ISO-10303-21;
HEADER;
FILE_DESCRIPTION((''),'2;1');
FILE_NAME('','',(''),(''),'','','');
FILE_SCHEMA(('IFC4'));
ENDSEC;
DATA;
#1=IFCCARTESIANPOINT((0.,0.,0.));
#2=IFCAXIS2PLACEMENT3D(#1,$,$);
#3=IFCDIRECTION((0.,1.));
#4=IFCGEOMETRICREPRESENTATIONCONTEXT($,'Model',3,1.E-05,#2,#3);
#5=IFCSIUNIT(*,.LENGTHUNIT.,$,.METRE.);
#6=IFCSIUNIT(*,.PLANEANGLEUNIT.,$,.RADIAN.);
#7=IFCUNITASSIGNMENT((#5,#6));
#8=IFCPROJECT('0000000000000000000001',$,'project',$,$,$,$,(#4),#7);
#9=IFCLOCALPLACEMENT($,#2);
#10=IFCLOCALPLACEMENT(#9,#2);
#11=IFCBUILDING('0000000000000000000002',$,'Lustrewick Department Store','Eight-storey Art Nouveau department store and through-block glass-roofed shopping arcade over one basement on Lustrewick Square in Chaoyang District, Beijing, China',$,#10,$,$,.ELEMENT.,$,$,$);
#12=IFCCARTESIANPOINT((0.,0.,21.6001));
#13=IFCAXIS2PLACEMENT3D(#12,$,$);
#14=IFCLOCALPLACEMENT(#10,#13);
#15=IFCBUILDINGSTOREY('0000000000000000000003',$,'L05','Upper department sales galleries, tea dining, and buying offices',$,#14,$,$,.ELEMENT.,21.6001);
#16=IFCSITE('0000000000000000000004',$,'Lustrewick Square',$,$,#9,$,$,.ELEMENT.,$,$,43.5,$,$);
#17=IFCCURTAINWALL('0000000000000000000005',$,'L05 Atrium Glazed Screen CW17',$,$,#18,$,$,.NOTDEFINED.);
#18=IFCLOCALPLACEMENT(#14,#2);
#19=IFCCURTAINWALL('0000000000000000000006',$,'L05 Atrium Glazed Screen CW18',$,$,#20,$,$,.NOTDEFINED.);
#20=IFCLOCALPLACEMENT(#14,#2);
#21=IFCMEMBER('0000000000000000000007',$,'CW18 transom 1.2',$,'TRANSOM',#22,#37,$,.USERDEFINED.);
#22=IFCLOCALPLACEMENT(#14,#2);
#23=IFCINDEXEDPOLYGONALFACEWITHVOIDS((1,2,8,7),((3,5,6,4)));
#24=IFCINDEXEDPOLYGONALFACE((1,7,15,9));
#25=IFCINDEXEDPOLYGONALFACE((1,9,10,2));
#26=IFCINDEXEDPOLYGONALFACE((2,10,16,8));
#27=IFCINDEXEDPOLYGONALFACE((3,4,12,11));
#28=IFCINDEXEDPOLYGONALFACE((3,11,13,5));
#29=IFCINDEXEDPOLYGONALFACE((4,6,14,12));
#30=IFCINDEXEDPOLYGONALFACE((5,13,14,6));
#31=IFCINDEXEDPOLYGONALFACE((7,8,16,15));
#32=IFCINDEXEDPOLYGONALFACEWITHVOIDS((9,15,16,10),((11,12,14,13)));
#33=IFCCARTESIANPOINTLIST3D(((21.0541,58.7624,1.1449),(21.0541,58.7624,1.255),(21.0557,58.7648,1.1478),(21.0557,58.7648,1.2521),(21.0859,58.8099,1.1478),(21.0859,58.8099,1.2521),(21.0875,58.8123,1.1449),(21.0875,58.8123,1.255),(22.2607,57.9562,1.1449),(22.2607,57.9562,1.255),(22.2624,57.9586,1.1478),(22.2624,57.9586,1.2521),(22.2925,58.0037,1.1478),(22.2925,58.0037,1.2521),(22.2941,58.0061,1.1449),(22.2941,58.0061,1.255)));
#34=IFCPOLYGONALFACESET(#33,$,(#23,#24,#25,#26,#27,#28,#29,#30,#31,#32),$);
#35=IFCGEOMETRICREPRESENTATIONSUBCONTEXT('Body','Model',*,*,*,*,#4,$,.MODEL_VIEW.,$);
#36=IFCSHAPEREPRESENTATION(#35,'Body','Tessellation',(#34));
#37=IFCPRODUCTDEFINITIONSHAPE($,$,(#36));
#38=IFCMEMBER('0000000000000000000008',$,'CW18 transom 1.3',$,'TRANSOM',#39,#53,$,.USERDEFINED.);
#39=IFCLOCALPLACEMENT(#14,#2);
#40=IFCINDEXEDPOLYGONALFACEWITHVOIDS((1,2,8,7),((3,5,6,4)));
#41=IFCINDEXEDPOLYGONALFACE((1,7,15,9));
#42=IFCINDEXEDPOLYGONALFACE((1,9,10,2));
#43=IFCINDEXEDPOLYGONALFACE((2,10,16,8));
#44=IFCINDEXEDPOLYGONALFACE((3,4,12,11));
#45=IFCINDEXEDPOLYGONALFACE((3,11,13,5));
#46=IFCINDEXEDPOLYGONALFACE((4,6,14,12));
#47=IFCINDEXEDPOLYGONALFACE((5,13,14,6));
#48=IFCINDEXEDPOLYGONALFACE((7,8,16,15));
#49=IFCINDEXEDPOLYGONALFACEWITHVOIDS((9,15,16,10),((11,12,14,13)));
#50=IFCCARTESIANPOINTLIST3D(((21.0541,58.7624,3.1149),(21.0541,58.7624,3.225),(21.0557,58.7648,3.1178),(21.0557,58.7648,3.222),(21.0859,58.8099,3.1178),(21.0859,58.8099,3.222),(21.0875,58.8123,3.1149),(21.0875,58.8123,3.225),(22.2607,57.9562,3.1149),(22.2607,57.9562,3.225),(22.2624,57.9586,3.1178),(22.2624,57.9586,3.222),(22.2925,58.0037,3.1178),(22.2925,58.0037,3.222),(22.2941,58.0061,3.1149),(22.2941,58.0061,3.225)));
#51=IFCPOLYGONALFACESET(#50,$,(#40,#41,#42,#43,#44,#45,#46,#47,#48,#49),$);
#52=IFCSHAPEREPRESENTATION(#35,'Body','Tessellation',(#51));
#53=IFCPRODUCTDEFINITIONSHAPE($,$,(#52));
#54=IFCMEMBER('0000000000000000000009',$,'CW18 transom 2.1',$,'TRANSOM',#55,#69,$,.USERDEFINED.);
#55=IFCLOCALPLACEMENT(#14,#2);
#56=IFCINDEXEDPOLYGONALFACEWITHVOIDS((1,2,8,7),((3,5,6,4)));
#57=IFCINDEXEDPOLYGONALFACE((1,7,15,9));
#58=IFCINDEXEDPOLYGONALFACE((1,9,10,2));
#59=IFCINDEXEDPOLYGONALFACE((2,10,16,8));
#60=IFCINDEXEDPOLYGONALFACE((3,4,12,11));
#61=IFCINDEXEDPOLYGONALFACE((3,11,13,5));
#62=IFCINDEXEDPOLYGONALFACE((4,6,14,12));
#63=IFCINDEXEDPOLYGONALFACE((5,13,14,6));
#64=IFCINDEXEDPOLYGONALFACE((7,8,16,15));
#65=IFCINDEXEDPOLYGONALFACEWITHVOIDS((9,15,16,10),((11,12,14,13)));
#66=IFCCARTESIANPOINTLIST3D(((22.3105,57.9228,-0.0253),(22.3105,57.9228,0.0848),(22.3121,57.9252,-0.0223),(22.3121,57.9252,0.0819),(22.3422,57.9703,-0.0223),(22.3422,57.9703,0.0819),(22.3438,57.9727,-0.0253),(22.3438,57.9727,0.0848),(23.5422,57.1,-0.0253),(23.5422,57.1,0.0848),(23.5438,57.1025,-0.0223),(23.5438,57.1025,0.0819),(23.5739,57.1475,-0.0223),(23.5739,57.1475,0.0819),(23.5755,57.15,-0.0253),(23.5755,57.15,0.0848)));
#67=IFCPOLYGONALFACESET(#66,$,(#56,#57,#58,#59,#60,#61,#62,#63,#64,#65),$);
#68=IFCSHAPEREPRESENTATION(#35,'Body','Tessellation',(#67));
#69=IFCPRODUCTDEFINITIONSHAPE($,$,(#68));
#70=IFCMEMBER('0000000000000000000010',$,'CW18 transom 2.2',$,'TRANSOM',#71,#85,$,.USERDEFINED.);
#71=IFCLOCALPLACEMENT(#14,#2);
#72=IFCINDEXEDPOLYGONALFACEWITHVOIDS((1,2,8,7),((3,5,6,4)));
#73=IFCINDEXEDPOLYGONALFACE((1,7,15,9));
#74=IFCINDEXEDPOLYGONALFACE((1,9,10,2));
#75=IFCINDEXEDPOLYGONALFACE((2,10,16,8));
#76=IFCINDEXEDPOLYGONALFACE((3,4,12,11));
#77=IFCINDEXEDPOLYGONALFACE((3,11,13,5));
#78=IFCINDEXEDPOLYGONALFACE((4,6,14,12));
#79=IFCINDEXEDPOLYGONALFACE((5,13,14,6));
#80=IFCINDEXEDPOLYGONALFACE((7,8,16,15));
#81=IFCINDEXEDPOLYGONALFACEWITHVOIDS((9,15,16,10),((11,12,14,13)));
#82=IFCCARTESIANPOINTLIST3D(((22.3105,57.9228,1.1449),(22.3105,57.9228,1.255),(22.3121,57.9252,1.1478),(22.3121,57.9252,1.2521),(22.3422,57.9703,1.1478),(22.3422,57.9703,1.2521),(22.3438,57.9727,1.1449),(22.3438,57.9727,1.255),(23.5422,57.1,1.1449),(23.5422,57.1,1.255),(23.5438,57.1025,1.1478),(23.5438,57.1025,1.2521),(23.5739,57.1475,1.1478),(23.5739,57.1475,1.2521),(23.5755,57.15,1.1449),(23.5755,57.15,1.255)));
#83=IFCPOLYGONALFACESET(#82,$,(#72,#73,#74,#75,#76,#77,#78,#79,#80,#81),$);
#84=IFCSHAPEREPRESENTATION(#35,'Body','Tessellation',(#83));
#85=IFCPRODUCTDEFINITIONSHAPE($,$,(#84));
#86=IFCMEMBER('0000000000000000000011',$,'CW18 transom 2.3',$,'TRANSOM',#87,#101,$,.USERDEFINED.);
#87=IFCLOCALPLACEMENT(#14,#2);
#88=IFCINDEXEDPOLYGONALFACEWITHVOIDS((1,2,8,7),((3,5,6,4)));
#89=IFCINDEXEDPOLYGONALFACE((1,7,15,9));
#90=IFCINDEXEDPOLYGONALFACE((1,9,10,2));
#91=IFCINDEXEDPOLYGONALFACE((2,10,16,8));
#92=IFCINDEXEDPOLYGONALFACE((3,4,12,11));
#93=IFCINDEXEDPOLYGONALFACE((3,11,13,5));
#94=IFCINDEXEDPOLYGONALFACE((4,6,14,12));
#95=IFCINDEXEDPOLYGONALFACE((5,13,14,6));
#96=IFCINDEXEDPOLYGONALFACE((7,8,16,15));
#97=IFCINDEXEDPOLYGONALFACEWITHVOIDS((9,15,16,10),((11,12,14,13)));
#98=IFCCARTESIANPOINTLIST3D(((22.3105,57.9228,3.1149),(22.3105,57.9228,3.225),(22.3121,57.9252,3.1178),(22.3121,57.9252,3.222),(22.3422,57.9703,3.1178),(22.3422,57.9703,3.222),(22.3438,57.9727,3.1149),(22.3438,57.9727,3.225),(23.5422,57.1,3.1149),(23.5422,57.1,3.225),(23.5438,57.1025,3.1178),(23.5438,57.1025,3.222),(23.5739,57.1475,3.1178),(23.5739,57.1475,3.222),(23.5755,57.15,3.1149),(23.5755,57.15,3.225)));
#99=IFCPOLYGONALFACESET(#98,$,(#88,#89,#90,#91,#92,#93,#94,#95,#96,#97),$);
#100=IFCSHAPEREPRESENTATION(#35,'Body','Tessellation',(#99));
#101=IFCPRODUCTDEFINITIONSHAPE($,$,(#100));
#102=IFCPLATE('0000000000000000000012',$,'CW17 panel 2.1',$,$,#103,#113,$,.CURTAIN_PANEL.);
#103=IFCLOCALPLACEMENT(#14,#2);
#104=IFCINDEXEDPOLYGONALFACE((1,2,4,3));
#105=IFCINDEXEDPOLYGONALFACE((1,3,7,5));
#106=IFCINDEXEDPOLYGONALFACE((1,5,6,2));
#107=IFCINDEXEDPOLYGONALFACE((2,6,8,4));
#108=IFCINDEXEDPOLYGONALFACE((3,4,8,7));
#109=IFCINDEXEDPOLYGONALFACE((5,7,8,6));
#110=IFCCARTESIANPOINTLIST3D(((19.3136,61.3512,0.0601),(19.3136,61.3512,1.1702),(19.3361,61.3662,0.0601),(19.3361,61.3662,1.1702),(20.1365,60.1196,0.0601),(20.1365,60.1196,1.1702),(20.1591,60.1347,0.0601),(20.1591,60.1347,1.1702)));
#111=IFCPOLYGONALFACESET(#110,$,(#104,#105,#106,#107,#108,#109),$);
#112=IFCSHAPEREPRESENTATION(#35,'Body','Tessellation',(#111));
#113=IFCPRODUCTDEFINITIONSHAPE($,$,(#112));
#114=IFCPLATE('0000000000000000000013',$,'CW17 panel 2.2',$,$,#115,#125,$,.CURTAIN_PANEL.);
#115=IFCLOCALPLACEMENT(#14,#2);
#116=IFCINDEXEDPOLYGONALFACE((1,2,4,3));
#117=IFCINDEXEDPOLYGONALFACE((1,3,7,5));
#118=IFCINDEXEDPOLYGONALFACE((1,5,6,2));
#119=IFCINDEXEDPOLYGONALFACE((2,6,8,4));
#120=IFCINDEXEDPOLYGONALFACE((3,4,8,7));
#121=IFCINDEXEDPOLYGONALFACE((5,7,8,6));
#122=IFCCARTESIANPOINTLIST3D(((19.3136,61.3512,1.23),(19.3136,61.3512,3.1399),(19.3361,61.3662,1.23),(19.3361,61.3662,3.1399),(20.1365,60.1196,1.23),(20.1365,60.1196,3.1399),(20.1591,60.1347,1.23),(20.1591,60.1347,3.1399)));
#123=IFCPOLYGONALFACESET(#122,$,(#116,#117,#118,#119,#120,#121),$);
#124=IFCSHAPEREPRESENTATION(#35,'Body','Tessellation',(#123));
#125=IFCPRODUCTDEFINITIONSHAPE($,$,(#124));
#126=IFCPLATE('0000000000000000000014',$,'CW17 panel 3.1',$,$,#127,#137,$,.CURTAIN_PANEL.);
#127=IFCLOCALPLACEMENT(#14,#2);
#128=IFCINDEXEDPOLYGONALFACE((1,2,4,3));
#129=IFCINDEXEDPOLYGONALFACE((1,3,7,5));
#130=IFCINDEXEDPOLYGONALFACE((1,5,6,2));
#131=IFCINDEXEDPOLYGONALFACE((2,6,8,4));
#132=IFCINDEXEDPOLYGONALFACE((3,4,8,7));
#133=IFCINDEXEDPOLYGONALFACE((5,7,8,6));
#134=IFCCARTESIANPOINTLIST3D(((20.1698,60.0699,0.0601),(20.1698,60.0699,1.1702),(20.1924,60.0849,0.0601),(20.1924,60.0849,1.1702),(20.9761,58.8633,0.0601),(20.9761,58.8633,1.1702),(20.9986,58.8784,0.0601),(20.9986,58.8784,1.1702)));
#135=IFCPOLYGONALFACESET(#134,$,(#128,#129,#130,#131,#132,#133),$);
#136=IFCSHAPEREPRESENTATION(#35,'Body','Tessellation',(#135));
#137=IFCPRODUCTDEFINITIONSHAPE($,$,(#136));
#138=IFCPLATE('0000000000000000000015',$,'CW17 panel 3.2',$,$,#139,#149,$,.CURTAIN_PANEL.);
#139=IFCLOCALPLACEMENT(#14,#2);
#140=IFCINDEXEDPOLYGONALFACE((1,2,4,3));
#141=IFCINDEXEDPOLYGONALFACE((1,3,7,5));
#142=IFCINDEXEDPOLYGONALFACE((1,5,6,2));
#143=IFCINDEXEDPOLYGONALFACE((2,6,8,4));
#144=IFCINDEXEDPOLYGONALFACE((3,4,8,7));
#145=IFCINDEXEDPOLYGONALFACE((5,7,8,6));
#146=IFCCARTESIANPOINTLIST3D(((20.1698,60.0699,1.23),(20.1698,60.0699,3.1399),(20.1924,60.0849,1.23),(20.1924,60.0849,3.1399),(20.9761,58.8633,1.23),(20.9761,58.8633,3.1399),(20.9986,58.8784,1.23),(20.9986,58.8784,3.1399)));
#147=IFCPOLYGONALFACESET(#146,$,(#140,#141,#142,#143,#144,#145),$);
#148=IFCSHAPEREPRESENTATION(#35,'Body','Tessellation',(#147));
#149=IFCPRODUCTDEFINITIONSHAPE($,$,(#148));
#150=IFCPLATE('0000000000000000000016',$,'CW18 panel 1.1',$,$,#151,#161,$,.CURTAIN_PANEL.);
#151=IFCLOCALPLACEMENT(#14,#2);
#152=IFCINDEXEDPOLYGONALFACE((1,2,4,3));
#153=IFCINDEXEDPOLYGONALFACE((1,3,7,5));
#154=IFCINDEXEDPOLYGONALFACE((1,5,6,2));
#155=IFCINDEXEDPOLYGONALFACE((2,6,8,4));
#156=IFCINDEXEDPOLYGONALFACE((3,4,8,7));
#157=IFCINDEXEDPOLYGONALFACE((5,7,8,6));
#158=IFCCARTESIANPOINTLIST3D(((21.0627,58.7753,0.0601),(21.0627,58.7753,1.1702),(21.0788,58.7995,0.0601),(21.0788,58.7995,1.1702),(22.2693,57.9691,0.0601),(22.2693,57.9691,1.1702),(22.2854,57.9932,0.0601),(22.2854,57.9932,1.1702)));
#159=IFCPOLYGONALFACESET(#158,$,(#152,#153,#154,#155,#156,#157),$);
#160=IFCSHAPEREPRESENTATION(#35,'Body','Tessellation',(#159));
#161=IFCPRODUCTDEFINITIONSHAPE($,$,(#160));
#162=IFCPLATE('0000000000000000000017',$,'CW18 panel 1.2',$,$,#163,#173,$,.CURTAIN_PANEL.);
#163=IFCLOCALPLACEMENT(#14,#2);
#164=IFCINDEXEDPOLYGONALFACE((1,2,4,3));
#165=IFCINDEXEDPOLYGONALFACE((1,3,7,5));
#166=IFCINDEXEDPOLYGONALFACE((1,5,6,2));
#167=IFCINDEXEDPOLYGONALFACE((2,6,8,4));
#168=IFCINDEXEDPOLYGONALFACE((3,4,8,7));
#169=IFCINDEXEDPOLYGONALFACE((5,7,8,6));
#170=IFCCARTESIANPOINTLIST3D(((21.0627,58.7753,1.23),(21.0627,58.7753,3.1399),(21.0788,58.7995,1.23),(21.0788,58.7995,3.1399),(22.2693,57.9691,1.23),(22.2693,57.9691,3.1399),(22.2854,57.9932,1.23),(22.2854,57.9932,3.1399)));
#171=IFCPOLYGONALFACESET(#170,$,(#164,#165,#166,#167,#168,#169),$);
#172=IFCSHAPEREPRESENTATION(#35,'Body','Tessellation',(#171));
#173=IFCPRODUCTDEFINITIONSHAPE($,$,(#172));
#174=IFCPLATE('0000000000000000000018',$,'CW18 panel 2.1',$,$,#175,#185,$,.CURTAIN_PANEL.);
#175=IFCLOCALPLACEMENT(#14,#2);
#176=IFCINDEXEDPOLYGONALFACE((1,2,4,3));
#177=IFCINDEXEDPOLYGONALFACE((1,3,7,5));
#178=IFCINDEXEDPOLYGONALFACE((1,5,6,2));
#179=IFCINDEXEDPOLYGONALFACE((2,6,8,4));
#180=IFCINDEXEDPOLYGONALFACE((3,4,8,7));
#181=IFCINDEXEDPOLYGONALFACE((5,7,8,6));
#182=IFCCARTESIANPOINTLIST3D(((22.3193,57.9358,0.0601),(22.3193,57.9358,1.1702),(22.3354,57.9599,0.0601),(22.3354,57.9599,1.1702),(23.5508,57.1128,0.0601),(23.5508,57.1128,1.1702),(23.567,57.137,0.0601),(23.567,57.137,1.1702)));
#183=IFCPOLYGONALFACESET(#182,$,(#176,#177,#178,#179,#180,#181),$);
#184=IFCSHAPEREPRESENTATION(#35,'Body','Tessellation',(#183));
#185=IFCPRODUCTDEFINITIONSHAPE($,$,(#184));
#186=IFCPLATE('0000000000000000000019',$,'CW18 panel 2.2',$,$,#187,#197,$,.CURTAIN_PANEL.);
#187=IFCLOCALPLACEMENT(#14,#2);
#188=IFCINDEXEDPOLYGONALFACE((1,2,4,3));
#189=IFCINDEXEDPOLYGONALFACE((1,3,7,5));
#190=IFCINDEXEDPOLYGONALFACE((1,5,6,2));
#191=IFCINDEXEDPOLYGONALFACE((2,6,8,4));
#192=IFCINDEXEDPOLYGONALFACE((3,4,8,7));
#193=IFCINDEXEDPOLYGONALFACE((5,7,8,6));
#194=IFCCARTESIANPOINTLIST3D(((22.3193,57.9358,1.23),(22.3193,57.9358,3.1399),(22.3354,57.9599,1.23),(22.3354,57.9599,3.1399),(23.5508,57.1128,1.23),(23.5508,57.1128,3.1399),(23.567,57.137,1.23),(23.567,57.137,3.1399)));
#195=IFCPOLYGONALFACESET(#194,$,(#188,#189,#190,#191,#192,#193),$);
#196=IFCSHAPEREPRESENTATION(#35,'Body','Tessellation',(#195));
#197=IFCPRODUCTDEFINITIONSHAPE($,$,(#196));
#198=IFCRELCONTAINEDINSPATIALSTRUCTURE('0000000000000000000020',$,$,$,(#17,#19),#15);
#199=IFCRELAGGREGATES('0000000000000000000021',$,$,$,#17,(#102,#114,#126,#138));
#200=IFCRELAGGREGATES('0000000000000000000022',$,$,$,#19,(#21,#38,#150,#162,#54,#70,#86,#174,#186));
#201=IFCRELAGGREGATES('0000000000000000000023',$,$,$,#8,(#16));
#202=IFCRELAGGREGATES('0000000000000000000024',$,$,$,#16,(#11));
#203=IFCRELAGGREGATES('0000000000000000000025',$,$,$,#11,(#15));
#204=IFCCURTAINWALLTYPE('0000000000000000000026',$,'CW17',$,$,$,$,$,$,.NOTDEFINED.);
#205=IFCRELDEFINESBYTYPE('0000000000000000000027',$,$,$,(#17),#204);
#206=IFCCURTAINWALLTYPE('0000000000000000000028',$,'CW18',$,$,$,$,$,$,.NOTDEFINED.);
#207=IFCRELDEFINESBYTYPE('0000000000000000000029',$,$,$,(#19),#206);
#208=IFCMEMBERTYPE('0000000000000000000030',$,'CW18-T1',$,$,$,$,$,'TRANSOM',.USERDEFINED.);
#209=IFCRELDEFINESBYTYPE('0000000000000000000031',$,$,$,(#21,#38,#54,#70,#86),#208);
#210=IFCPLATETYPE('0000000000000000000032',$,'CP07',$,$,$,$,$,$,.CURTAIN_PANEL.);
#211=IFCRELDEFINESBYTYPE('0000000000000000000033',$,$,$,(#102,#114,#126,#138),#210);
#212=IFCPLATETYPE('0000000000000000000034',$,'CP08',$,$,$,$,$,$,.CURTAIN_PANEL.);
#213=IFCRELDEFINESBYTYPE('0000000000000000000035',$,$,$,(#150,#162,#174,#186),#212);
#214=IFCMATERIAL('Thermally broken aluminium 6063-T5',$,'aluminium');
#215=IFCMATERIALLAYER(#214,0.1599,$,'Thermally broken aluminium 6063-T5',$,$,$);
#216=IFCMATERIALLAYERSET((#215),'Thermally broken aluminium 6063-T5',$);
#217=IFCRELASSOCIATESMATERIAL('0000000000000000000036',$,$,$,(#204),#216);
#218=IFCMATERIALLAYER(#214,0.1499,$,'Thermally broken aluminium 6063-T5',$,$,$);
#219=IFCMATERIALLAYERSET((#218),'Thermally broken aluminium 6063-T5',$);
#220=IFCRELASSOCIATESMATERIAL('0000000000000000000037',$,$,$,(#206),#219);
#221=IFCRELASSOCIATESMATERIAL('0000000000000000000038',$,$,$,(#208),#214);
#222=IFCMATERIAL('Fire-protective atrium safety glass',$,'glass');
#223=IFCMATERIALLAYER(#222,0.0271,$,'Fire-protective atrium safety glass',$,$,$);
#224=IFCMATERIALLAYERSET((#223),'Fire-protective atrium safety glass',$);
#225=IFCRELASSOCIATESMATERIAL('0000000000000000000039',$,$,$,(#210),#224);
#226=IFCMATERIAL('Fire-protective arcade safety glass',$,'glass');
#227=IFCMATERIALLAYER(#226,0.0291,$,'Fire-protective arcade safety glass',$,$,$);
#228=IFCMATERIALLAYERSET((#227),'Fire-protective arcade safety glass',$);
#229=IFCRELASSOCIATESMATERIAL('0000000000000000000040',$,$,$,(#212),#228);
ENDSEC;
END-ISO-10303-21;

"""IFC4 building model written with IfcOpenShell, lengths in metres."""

from ifc_helpers import new_model, si_unit, direction, frame, origin, origin_2d, place, context, subcontext, project, spatial, rectangle, hollow_rectangle, extrude, material, layer, layer_set, material_profile, profile_set, type_object, element, aggregate, save


model = new_model("IFC4")

# Units and contexts
model_context = context("Model", 3, precision=1e-05, world=origin(), true_north=direction((0.0, 1.0)))
body_context = subcontext(model_context, "Body", "Model", "MODEL_VIEW")
ifc_project = project(units=[si_unit("LENGTHUNIT", "METRE"), si_unit("PLANEANGLEUNIT", "RADIAN")], contexts=[model_context])

# Site, building, storey
site_placement = place(None, origin())
site = spatial("IfcSite", under=ifc_project, at=site_placement, Name="Lustrewick Square", CompositionType="ELEMENT", RefElevation=43.5)
building_placement = place(site_placement, origin())
building = spatial("IfcBuilding", under=site, at=building_placement, Name="Lustrewick Department Store", Description="Eight-storey Art Nouveau department store and through-block glass-roofed shopping arcade over one basement on Lustrewick Square in Chaoyang District, Beijing, China", CompositionType="ELEMENT")
storey_placement = place(building_placement, frame((0.0, 0.0, 21.6001)))
storey = spatial("IfcBuildingStorey", under=building, at=storey_placement, Name="L05", Description="Upper department sales galleries, tea dining, and buying offices", CompositionType="ELEMENT", Elevation=21.6001)

# Curtain walls, members
ifc_material_1 = material(Name="Thermally broken aluminium 6063-T5", Category="aluminium")
ifc_layer_1 = layer(ifc_material_1, 0.1599, Name="Thermally broken aluminium 6063-T5")
ifc_layer_set_1 = layer_set([ifc_layer_1], Name="Thermally broken aluminium 6063-T5")
curtain_wall_type_1 = type_object("IfcCurtainWallType", Name="CW17", PredefinedType="NOTDEFINED", material=ifc_layer_set_1)
curtain_wall_1_placement = place(storey_placement, origin())
curtain_wall_1 = element("IfcCurtainWall", 1, at=curtain_wall_1_placement, inside=storey, type_object=curtain_wall_type_1, Name="L05 Atrium Glazed Screen CW17", PredefinedType="NOTDEFINED")
ifc_layer_2 = layer(ifc_material_1, 0.1499, Name="Thermally broken aluminium 6063-T5")
ifc_layer_set_2 = layer_set([ifc_layer_2], Name="Thermally broken aluminium 6063-T5")
curtain_wall_type_2 = type_object("IfcCurtainWallType", Name="CW18", PredefinedType="NOTDEFINED", material=ifc_layer_set_2)
curtain_wall_2_placement = place(storey_placement, origin())
curtain_wall_2 = element("IfcCurtainWall", 2, at=curtain_wall_2_placement, inside=storey, type_object=curtain_wall_type_2, Name="L05 Atrium Glazed Screen CW18", PredefinedType="NOTDEFINED")
ifc_material_profile_1 = material_profile(ifc_material_1, hollow_rectangle(XDim=0.0601, YDim=0.1101, WallThickness=0.0029, at=origin_2d()), Name="ALU-T 60x110x3")
ifc_profile_set_1 = profile_set([ifc_material_profile_1], Name="Thermally broken aluminium 6063-T5")
member_type_1 = type_object("IfcMemberType", Name="CW18-T1", ElementType="TRANSOM", PredefinedType="USERDEFINED", material=ifc_profile_set_1)
member_1_placement = place(storey_placement, frame((21.0708, 58.7874, 1.2), z_axis=(0.83148, -0.555554, 0.0), x_axis=(0.555554, 0.83148, 0.0)))
member_1 = element("IfcMember", 3, at=member_1_placement, type_object=member_type_1, Name="CW18 transom 1.2", ObjectType="TRANSOM", PredefinedType="USERDEFINED", context=body_context, shape_type="SweptSolid", body=[
    extrude(hollow_rectangle(XDim=0.0601, YDim=0.1101, WallThickness=0.0029, at=origin_2d()), origin(), (0.0, 0.0, 1.0), 1.4512),
])
member_2_placement = place(storey_placement, frame((21.0708, 58.7874, 3.1699), z_axis=(0.83148, -0.555554, 0.0), x_axis=(0.555554, 0.83148, 0.0)))
member_2 = element("IfcMember", 4, at=member_2_placement, type_object=member_type_1, Name="CW18 transom 1.3", ObjectType="TRANSOM", PredefinedType="USERDEFINED", context=body_context, shape_type="SweptSolid", body=[
    extrude(hollow_rectangle(XDim=0.0601, YDim=0.1101, WallThickness=0.0029, at=origin_2d()), origin(), (0.0, 0.0, 1.0), 1.4512),
])
member_3_placement = place(storey_placement, frame((22.3271, 57.9478, 0.0298), z_axis=(0.831543, -0.555461, 0.0), x_axis=(0.555461, 0.831543, 0.0)))
member_3 = element("IfcMember", 5, at=member_3_placement, type_object=member_type_1, Name="CW18 transom 2.1", ObjectType="TRANSOM", PredefinedType="USERDEFINED", context=body_context, shape_type="SweptSolid", body=[
    extrude(hollow_rectangle(XDim=0.0601, YDim=0.1101, WallThickness=0.0029, at=origin_2d()), origin(), (0.0, 0.0, 1.0), 1.4812),
])
member_4_placement = place(storey_placement, frame((22.3271, 57.9478, 1.2), z_axis=(0.831543, -0.555461, 0.0), x_axis=(0.555461, 0.831543, 0.0)))
member_4 = element("IfcMember", 6, at=member_4_placement, type_object=member_type_1, Name="CW18 transom 2.2", ObjectType="TRANSOM", PredefinedType="USERDEFINED", context=body_context, shape_type="SweptSolid", body=[
    extrude(hollow_rectangle(XDim=0.0601, YDim=0.1101, WallThickness=0.0029, at=origin_2d()), origin(), (0.0, 0.0, 1.0), 1.4812),
])
member_5_placement = place(storey_placement, frame((22.3271, 57.9478, 3.1699), z_axis=(0.831543, -0.555461, 0.0), x_axis=(0.555461, 0.831543, 0.0)))
member_5 = element("IfcMember", 7, at=member_5_placement, type_object=member_type_1, Name="CW18 transom 2.3", ObjectType="TRANSOM", PredefinedType="USERDEFINED", context=body_context, shape_type="SweptSolid", body=[
    extrude(hollow_rectangle(XDim=0.0601, YDim=0.1101, WallThickness=0.0029, at=origin_2d()), origin(), (0.0, 0.0, 1.0), 1.4812),
])

# Plates
ifc_material_2 = material(Name="Fire-protective atrium safety glass", Category="glass")
ifc_layer_3 = layer(ifc_material_2, 0.0271, Name="Fire-protective atrium safety glass")
ifc_layer_set_3 = layer_set([ifc_layer_3], Name="Fire-protective atrium safety glass")
plate_type_1 = type_object("IfcPlateType", Name="CP07", PredefinedType="CURTAIN_PANEL", material=ifc_layer_set_3)
plate_1_placement = place(storey_placement, frame((19.7363, 60.7429, 0.0601), z_axis=(0.0, 0.0, 1.0), x_axis=(0.555578, -0.831464, 0.0)))
plate_1 = element("IfcPlate", 8, at=plate_1_placement, type_object=plate_type_1, Name="CW17 panel 2.1", PredefinedType="CURTAIN_PANEL", context=body_context, shape_type="SweptSolid", body=[
    extrude(rectangle(XDim=1.4812, YDim=0.0271, at=origin_2d()), origin(), (0.0, 0.0, 1.0), 1.1101),
])
plate_2_placement = place(storey_placement, frame((19.7363, 60.7429, 1.23), z_axis=(0.0, 0.0, 1.0), x_axis=(0.555578, -0.831464, 0.0)))
plate_2 = element("IfcPlate", 9, at=plate_2_placement, type_object=plate_type_1, Name="CW17 panel 2.2", PredefinedType="CURTAIN_PANEL", context=body_context, shape_type="SweptSolid", body=[
    extrude(rectangle(XDim=1.4812, YDim=0.0271, at=origin_2d()), origin(), (0.0, 0.0, 1.0), 1.9099),
])
plate_3_placement = place(storey_placement, frame((20.5842, 59.4741, 0.0601), z_axis=(0.0, 0.0, 1.0), x_axis=(0.555578, -0.831464, 0.0)))
plate_3 = element("IfcPlate", 10, at=plate_3_placement, type_object=plate_type_1, Name="CW17 panel 3.1", PredefinedType="CURTAIN_PANEL", context=body_context, shape_type="SweptSolid", body=[
    extrude(rectangle(XDim=1.4512, YDim=0.0271, at=origin_2d()), origin(), (0.0, 0.0, 1.0), 1.1101),
])
plate_4_placement = place(storey_placement, frame((20.5842, 59.4741, 1.23), z_axis=(0.0, 0.0, 1.0), x_axis=(0.555578, -0.831464, 0.0)))
plate_4 = element("IfcPlate", 11, at=plate_4_placement, type_object=plate_type_1, Name="CW17 panel 3.2", PredefinedType="CURTAIN_PANEL", context=body_context, shape_type="SweptSolid", body=[
    extrude(rectangle(XDim=1.4512, YDim=0.0271, at=origin_2d()), origin(), (0.0, 0.0, 1.0), 1.9099),
])
aggregate(curtain_wall_1, [plate_1, plate_2, plate_3, plate_4])
ifc_material_3 = material(Name="Fire-protective arcade safety glass", Category="glass")
ifc_layer_4 = layer(ifc_material_3, 0.0291, Name="Fire-protective arcade safety glass")
ifc_layer_set_4 = layer_set([ifc_layer_4], Name="Fire-protective arcade safety glass")
plate_type_2 = type_object("IfcPlateType", Name="CP08", PredefinedType="CURTAIN_PANEL", material=ifc_layer_set_4)
plate_5_placement = place(storey_placement, frame((21.6741, 58.3843, 0.0601), z_axis=(0.0, 0.0, 1.0), x_axis=(0.831464, -0.555578, 0.0)))
plate_5 = element("IfcPlate", 12, at=plate_5_placement, type_object=plate_type_2, Name="CW18 panel 1.1", PredefinedType="CURTAIN_PANEL", context=body_context, shape_type="SweptSolid", body=[
    extrude(rectangle(XDim=1.4512, YDim=0.0291, at=origin_2d()), origin(), (0.0, 0.0, 1.0), 1.1101),
])
plate_6_placement = place(storey_placement, frame((21.6741, 58.3843, 1.23), z_axis=(0.0, 0.0, 1.0), x_axis=(0.831464, -0.555578, 0.0)))
plate_6 = element("IfcPlate", 13, at=plate_6_placement, type_object=plate_type_2, Name="CW18 panel 1.2", PredefinedType="CURTAIN_PANEL", context=body_context, shape_type="SweptSolid", body=[
    extrude(rectangle(XDim=1.4512, YDim=0.0291, at=origin_2d()), origin(), (0.0, 0.0, 1.0), 1.9099),
])
plate_7_placement = place(storey_placement, frame((22.9431, 57.5364, 0.0601), z_axis=(0.0, 0.0, 1.0), x_axis=(0.831464, -0.555578, 0.0)))
plate_7 = element("IfcPlate", 14, at=plate_7_placement, type_object=plate_type_2, Name="CW18 panel 2.1", PredefinedType="CURTAIN_PANEL", context=body_context, shape_type="SweptSolid", body=[
    extrude(rectangle(XDim=1.4812, YDim=0.0291, at=origin_2d()), origin(), (0.0, 0.0, 1.0), 1.1101),
])
plate_8_placement = place(storey_placement, frame((22.9431, 57.5364, 1.23), z_axis=(0.0, 0.0, 1.0), x_axis=(0.831464, -0.555578, 0.0)))
plate_8 = element("IfcPlate", 15, at=plate_8_placement, type_object=plate_type_2, Name="CW18 panel 2.2", PredefinedType="CURTAIN_PANEL", context=body_context, shape_type="SweptSolid", body=[
    extrude(rectangle(XDim=1.4812, YDim=0.0291, at=origin_2d()), origin(), (0.0, 0.0, 1.0), 1.9099),
])
aggregate(curtain_wall_2, [member_1, member_2, plate_5, plate_6, member_3, member_4, member_5, plate_7, plate_8])

save(model, "model.ifc")
